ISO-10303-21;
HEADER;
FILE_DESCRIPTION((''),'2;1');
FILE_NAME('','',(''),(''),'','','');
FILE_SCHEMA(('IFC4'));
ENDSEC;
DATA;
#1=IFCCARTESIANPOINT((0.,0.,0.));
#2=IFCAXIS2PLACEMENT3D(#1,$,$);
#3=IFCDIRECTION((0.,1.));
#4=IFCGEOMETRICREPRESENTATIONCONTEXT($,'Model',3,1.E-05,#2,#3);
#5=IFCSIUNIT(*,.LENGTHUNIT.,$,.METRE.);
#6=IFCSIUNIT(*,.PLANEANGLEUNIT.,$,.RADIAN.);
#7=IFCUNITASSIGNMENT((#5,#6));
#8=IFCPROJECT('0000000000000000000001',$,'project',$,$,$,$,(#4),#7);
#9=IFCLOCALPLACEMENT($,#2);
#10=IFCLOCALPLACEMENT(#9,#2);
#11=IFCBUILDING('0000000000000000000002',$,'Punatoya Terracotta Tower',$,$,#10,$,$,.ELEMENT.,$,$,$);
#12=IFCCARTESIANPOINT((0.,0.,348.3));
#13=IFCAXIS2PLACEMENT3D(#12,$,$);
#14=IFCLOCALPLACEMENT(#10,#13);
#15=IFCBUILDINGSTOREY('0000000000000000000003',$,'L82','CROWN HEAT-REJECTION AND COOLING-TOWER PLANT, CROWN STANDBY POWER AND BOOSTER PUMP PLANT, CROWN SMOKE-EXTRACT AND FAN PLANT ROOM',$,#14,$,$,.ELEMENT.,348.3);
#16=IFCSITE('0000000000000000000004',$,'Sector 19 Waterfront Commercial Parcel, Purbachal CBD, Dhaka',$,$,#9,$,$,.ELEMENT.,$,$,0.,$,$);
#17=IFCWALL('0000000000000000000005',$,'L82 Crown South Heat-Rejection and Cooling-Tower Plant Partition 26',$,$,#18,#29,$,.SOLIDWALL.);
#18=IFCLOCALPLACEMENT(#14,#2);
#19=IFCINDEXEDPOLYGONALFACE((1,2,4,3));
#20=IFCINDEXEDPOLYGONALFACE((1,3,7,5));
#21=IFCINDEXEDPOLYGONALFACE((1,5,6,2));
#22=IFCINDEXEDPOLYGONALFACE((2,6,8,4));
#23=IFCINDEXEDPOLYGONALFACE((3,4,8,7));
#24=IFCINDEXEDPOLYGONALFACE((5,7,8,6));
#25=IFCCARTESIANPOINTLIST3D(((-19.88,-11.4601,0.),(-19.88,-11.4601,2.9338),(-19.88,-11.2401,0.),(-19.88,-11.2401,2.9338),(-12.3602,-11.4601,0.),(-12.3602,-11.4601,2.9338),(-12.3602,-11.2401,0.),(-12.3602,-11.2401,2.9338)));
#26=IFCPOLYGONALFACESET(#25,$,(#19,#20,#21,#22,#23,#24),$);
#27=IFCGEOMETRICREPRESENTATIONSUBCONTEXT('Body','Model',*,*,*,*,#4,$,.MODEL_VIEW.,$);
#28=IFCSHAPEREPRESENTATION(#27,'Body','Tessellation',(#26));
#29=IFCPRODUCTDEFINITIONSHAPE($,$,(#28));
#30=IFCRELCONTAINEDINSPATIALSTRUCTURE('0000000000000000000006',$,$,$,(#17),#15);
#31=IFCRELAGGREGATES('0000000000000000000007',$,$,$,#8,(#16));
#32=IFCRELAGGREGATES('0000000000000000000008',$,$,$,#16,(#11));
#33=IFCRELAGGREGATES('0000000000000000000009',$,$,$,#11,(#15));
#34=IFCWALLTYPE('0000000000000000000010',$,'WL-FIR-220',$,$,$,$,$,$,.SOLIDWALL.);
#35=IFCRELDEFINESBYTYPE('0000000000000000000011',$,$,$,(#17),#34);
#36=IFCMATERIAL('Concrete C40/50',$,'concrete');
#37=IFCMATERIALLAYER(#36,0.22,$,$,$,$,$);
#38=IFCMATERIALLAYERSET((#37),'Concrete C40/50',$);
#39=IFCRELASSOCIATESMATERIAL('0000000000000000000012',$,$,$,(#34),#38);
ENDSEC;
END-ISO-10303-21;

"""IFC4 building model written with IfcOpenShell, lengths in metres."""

from ifc_helpers import new_model, si_unit, direction, frame, frame_2d, origin, place, context, subcontext, project, spatial, rectangle, extrude, material, layer, layer_set, type_object, element, save


model = new_model("IFC4")

# Units and contexts
model_context = context("Model", 3, precision=1e-05, world=origin(), true_north=direction((0.0, 1.0)))
body_context = subcontext(model_context, "Body", "Model", "MODEL_VIEW")
ifc_project = project(units=[si_unit("LENGTHUNIT", "METRE"), si_unit("PLANEANGLEUNIT", "RADIAN")], contexts=[model_context])

# Site, building, storey
site_placement = place(None, origin())
site = spatial("IfcSite", under=ifc_project, at=site_placement, Name="Sector 19 Waterfront Commercial Parcel, Purbachal CBD, Dhaka", CompositionType="ELEMENT", RefElevation=0.0)
building_placement = place(site_placement, origin())
building = spatial("IfcBuilding", under=site, at=building_placement, Name="Punatoya Terracotta Tower", CompositionType="ELEMENT")
storey_placement = place(building_placement, frame((0.0, 0.0, 348.3)))
storey = spatial("IfcBuildingStorey", under=building, at=storey_placement, Name="L82", Description="CROWN HEAT-REJECTION AND COOLING-TOWER PLANT, CROWN STANDBY POWER AND BOOSTER PUMP PLANT, CROWN SMOKE-EXTRACT AND FAN PLANT ROOM", CompositionType="ELEMENT", Elevation=348.3)

# Wall
ifc_material_1 = material(Name="Concrete C40/50", Category="concrete")
ifc_layer_1 = layer(ifc_material_1, 0.22)
ifc_layer_set_1 = layer_set([ifc_layer_1], Name="Concrete C40/50")
wall_type_1 = type_object("IfcWallType", Name="WL-FIR-220", PredefinedType="SOLIDWALL", material=ifc_layer_set_1)
wall_1_placement = place(storey_placement, frame((-19.8799, -11.3501, 0.0), z_axis=(0.0, 0.0, 1.0), x_axis=(1.0, 0.0, 0.0)))
element("IfcWall", 1, at=wall_1_placement, inside=storey, type_object=wall_type_1, Name="L82 Crown South Heat-Rejection and Cooling-Tower Plant Partition 26", PredefinedType="SOLIDWALL", context=body_context, shape_type="SweptSolid", body=[
    extrude(rectangle(XDim=7.5198, YDim=0.22, at=frame_2d((3.7598, 0.0))), origin(), (0.0, 0.0, 1.0), 2.9338),
])

save(model, "model.ifc")
